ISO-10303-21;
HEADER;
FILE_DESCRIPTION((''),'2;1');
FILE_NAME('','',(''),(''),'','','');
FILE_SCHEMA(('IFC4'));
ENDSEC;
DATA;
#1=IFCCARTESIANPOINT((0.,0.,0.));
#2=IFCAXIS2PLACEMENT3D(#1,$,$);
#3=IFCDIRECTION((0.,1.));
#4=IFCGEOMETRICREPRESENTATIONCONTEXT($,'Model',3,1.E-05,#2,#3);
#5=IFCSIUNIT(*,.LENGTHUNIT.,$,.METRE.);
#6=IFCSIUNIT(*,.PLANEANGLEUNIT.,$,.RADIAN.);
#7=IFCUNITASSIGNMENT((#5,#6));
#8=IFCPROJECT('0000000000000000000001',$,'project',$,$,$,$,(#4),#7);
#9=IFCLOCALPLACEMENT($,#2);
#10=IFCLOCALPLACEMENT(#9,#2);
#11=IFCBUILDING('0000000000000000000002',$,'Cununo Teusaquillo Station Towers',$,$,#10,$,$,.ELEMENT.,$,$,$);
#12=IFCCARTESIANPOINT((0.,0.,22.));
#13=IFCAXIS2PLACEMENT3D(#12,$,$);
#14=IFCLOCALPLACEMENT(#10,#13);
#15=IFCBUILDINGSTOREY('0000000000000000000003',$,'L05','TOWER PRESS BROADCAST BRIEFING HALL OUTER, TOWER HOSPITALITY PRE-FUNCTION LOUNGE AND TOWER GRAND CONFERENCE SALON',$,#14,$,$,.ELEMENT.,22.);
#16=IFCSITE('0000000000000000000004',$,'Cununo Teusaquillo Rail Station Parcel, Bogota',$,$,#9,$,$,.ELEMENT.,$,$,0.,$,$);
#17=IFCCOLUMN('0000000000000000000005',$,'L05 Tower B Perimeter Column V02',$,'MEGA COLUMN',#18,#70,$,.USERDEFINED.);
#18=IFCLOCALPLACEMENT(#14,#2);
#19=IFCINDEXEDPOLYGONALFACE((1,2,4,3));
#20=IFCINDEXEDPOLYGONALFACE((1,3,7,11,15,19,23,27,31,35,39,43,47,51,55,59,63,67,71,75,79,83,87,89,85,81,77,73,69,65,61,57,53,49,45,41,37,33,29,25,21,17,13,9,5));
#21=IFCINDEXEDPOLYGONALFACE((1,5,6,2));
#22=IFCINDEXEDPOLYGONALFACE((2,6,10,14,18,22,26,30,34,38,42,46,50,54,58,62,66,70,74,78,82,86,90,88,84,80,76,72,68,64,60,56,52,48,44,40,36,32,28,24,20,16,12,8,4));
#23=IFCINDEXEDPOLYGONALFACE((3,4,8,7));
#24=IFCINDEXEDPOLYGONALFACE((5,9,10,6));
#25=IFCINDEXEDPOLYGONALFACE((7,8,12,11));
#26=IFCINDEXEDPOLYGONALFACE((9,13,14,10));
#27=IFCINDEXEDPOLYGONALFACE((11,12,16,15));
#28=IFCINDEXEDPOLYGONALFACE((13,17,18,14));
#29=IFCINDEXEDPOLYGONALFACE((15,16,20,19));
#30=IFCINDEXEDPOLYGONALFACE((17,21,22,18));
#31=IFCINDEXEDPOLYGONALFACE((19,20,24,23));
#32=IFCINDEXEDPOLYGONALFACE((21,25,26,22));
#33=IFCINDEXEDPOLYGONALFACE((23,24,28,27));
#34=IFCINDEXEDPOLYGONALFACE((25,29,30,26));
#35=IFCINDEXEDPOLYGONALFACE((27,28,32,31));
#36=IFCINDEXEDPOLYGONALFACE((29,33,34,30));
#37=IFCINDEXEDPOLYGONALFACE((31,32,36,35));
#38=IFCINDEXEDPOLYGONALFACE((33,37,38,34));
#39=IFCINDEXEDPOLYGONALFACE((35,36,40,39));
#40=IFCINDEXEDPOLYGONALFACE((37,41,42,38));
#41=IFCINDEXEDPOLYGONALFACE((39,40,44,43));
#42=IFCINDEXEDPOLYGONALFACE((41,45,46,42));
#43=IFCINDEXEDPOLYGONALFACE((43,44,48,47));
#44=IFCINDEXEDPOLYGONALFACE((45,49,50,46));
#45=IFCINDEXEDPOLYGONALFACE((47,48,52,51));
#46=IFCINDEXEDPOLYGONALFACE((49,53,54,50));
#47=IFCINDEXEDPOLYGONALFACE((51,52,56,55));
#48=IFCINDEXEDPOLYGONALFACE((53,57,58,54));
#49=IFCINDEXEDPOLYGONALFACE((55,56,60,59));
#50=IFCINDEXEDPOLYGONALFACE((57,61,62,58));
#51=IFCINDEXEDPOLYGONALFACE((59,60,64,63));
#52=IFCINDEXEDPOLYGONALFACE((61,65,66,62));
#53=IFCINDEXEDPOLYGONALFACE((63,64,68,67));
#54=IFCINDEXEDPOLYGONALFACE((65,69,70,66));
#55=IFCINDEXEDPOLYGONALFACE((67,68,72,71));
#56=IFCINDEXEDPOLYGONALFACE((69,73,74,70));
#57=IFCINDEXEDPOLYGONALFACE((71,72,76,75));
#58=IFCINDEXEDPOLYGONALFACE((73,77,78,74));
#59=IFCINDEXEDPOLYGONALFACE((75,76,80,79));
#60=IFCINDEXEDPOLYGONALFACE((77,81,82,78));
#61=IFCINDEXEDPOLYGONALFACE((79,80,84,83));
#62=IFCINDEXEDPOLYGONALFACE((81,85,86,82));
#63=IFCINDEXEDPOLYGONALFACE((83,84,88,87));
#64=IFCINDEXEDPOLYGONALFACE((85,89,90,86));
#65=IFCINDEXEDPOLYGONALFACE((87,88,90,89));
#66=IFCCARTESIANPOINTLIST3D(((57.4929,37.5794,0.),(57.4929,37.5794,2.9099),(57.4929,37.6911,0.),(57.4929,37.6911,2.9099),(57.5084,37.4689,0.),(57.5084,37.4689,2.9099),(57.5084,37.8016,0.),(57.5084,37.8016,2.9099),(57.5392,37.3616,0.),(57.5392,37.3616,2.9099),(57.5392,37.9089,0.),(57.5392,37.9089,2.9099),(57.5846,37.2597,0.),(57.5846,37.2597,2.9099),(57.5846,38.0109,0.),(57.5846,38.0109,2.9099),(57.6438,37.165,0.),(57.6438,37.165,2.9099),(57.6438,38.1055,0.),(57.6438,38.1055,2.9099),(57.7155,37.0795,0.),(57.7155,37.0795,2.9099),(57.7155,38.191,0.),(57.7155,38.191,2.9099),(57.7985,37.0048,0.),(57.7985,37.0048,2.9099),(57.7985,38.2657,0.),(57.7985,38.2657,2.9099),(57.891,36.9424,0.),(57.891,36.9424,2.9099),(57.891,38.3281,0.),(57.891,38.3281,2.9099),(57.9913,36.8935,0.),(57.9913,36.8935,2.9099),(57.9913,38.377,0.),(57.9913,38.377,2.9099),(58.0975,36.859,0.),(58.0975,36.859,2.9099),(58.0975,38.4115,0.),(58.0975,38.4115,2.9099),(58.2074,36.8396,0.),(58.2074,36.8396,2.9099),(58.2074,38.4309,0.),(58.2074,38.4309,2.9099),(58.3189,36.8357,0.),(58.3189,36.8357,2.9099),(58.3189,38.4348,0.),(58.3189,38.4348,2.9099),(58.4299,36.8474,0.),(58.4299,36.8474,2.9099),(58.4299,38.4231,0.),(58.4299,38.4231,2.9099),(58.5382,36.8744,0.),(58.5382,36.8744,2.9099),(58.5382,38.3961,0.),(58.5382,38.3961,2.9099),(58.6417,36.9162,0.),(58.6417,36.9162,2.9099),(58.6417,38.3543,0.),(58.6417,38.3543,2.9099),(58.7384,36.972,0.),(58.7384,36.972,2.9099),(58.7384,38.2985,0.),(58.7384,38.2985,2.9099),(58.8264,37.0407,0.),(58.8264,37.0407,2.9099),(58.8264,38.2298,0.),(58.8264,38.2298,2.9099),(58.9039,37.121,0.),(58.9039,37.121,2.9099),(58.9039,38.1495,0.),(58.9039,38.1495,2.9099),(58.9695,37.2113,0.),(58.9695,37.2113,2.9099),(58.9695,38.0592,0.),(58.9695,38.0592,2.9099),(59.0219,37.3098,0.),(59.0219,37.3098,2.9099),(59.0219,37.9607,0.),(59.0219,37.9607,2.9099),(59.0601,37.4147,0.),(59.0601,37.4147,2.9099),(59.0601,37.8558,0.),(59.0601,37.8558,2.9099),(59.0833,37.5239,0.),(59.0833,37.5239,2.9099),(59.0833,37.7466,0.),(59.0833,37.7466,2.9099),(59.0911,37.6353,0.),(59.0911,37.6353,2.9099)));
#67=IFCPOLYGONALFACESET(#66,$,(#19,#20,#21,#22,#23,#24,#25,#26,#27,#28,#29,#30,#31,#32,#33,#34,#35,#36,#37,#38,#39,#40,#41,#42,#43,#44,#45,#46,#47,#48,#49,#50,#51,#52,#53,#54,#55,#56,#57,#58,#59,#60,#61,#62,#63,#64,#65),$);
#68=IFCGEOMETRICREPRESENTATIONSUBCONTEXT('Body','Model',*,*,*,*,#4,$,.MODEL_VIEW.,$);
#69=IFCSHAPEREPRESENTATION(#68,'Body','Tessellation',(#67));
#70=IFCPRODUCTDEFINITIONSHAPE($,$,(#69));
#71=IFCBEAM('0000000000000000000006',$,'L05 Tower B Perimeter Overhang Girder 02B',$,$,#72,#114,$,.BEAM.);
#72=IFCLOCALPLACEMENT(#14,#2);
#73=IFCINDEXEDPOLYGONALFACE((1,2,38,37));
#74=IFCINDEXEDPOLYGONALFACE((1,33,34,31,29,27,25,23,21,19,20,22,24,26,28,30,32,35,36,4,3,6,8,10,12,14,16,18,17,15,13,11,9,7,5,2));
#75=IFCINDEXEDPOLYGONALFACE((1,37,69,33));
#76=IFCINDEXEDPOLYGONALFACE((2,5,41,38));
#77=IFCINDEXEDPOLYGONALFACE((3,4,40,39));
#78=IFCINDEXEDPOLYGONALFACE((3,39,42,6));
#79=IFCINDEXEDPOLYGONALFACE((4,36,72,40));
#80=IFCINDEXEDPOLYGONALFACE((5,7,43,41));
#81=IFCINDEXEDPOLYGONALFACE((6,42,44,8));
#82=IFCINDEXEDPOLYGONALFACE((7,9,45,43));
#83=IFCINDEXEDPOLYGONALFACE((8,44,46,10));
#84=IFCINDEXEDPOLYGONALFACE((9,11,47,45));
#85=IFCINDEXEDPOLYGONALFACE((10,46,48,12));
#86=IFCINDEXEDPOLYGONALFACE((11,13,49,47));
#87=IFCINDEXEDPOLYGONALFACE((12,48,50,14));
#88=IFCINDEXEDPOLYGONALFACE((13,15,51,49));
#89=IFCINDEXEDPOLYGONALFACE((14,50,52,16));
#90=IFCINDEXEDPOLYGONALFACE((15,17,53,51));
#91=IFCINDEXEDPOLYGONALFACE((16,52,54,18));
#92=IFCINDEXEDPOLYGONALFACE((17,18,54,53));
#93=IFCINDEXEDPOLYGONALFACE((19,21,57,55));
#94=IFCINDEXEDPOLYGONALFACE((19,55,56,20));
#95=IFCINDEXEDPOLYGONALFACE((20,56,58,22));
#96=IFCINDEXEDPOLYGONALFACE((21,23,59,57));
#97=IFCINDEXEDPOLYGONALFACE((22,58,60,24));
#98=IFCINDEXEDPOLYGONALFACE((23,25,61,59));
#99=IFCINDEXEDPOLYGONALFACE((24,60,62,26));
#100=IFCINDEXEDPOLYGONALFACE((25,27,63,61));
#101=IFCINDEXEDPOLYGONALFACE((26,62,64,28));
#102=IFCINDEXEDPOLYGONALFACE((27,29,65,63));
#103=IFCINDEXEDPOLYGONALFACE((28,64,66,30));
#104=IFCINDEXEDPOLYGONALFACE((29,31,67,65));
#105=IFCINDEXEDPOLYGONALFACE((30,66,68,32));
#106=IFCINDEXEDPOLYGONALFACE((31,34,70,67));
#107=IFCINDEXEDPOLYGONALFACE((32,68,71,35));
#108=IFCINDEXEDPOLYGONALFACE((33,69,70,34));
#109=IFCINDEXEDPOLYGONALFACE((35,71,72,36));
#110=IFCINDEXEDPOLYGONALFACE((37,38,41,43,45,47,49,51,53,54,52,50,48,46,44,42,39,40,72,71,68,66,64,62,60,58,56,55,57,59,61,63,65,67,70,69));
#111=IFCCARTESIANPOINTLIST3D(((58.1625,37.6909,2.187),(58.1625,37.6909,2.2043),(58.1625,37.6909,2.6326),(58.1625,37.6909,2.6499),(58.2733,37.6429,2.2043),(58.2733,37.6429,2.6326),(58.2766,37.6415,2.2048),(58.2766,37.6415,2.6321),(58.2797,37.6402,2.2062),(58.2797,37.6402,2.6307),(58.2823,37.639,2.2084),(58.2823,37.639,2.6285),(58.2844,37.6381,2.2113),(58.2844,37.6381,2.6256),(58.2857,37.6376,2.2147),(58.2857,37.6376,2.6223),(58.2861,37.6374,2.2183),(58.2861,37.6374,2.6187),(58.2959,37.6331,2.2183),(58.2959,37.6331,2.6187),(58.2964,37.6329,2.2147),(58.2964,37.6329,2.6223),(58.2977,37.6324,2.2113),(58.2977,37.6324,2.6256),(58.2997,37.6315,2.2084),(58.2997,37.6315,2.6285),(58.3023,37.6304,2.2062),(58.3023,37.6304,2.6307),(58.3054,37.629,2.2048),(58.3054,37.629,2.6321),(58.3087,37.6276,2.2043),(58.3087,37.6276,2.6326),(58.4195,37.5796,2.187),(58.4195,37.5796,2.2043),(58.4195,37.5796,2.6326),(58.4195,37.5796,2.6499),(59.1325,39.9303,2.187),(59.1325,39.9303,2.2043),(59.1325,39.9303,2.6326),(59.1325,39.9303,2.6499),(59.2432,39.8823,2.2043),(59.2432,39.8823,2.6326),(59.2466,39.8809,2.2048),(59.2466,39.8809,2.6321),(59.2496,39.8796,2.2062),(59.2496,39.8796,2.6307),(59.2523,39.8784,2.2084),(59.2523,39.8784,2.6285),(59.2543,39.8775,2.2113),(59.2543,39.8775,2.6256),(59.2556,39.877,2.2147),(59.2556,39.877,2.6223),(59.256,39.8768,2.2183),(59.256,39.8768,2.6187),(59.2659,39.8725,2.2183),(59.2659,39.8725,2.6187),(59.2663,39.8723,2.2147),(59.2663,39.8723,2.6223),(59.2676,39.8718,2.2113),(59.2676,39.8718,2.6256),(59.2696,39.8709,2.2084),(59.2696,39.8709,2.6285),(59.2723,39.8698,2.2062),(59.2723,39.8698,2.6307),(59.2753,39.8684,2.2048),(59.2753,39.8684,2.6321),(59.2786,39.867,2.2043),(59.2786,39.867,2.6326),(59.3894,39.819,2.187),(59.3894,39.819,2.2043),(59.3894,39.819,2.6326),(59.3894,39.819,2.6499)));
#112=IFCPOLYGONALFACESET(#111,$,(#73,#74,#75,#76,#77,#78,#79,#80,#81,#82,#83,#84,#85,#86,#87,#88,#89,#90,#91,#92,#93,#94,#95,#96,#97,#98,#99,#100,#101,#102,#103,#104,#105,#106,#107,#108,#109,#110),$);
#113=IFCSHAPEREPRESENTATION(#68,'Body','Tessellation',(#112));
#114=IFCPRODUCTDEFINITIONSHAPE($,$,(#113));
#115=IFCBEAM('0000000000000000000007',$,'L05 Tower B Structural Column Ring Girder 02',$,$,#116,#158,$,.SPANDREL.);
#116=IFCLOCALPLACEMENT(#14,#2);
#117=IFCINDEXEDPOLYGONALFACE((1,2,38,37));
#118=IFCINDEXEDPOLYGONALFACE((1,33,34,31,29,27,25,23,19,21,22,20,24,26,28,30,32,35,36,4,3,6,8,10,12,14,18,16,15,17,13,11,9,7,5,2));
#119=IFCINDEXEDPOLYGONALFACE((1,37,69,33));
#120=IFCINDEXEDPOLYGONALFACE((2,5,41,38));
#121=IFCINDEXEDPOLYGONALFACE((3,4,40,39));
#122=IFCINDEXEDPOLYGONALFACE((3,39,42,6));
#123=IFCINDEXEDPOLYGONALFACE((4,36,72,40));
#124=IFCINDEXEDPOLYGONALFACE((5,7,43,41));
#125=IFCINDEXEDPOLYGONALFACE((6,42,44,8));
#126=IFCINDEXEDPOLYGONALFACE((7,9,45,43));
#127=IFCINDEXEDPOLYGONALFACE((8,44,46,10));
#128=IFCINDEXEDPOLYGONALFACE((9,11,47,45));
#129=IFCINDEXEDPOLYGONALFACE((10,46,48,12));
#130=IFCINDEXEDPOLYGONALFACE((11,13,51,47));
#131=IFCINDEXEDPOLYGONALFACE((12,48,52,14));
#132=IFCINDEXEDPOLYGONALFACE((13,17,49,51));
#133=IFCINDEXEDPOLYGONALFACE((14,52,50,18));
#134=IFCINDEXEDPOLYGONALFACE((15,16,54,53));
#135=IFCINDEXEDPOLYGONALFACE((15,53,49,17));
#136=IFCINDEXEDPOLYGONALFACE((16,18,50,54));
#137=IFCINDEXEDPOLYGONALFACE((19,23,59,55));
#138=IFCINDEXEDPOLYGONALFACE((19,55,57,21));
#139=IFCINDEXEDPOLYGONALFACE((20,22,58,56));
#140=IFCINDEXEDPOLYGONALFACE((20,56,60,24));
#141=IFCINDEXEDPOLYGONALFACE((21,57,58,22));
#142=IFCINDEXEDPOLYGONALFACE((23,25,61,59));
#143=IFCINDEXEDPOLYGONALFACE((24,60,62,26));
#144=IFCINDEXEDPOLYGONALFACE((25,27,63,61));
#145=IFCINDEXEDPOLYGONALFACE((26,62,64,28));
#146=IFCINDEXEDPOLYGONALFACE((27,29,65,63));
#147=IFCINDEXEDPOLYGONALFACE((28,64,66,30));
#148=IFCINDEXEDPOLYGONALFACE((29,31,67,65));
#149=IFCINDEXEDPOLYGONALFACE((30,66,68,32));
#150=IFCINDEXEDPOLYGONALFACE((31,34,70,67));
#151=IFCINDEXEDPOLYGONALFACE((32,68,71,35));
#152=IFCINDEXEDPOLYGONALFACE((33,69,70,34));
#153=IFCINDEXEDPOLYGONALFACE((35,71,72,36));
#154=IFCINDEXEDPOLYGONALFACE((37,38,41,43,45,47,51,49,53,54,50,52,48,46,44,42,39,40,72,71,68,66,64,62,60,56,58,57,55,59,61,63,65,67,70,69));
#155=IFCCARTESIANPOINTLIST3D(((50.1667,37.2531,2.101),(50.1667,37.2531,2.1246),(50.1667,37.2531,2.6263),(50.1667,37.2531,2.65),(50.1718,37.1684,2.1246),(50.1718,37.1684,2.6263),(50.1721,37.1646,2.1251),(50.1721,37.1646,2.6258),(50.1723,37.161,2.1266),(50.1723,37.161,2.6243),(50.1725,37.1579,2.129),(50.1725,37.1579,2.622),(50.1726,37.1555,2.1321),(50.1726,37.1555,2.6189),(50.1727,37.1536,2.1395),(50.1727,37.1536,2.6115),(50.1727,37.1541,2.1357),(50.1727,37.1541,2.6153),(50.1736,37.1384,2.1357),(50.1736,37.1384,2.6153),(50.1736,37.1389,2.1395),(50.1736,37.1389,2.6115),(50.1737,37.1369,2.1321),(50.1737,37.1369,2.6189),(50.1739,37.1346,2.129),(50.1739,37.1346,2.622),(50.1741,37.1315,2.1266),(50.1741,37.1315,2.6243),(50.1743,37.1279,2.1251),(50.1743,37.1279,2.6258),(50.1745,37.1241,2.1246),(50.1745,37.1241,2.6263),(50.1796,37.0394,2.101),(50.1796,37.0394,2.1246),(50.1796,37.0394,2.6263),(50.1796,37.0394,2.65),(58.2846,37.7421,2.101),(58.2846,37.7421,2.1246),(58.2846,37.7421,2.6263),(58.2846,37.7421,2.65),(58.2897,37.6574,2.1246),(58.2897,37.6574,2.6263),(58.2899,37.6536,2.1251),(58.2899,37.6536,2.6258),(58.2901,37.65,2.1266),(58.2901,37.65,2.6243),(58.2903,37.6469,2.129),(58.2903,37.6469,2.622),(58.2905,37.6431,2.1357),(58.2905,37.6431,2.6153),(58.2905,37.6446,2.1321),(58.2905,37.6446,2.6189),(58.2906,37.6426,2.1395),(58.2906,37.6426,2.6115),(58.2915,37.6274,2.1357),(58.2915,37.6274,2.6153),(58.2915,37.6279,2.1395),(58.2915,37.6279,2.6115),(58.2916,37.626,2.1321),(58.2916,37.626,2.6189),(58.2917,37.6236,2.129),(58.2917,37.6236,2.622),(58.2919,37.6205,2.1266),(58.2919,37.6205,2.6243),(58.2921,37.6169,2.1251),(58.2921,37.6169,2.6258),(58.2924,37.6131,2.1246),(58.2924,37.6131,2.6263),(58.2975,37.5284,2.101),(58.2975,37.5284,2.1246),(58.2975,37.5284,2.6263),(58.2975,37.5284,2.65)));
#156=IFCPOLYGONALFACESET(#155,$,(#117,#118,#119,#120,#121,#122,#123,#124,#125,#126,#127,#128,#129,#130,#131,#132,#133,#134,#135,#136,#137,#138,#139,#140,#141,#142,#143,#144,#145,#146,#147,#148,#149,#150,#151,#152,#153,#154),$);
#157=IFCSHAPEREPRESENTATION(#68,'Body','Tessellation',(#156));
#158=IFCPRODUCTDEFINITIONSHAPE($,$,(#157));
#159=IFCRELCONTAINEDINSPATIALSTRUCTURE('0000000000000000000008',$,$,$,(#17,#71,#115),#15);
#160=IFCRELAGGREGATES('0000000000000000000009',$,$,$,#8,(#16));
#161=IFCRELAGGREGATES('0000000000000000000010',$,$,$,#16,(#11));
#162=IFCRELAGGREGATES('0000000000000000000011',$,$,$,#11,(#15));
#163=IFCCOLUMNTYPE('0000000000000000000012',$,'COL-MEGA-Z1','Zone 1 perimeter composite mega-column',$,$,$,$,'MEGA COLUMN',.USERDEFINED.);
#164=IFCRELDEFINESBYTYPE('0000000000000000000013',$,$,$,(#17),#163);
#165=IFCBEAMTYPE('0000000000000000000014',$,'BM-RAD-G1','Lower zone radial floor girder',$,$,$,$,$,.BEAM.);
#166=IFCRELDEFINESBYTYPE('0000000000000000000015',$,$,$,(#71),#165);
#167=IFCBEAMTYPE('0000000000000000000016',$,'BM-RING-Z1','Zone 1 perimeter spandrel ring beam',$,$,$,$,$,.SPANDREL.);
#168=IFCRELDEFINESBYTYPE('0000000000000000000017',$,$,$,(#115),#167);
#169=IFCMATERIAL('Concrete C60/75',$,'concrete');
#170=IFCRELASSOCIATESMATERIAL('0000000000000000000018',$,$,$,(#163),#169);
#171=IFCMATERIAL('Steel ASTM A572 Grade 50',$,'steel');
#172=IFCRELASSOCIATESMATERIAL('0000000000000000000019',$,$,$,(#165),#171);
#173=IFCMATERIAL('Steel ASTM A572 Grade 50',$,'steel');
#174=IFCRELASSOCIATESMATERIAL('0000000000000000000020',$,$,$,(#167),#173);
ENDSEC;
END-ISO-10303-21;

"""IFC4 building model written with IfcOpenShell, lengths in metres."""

from ifc_helpers import new_model, si_unit, direction, frame, origin, origin_2d, place, context, subcontext, project, spatial, circle, i_section, extrude, material, material_profile, profile_set, type_object, element, save


model = new_model("IFC4")

# Units and contexts
model_context = context("Model", 3, precision=1e-05, world=origin(), true_north=direction((0.0, 1.0)))
body_context = subcontext(model_context, "Body", "Model", "MODEL_VIEW")
ifc_project = project(units=[si_unit("LENGTHUNIT", "METRE"), si_unit("PLANEANGLEUNIT", "RADIAN")], contexts=[model_context])

# Site, building, storey
site_placement = place(None, origin())
site = spatial("IfcSite", under=ifc_project, at=site_placement, Name="Cununo Teusaquillo Rail Station Parcel, Bogota", CompositionType="ELEMENT", RefElevation=0.0)
building_placement = place(site_placement, origin())
building = spatial("IfcBuilding", under=site, at=building_placement, Name="Cununo Teusaquillo Station Towers", CompositionType="ELEMENT")
storey_placement = place(building_placement, frame((0.0, 0.0, 22.0)))
storey = spatial("IfcBuildingStorey", under=building, at=storey_placement, Name="L05", Description="TOWER PRESS BROADCAST BRIEFING HALL OUTER, TOWER HOSPITALITY PRE-FUNCTION LOUNGE AND TOWER GRAND CONFERENCE SALON", CompositionType="ELEMENT", Elevation=22.0)

# Column
ifc_material_1 = material(Name="Concrete C60/75", Category="concrete")
ifc_material_profile_1 = material_profile(ifc_material_1, circle(Radius=0.8, at=origin_2d()), Name="RC-CIRC-1600")
ifc_profile_set_1 = profile_set([ifc_material_profile_1], Name="Concrete C60/75")
column_type = type_object("IfcColumnType", Name="COL-MEGA-Z1", Description="Zone 1 perimeter composite mega-column", ElementType="MEGA COLUMN", PredefinedType="USERDEFINED", material=ifc_profile_set_1)
column_placement = place(storey_placement, frame((58.291, 37.6353, 0.0), z_axis=(0.0, 0.0, 1.0), x_axis=(1.0, 0.0, 0.0)))
element("IfcColumn", 1, at=column_placement, inside=storey, type_object=column_type, Name="L05 Tower B Perimeter Column V02", ObjectType="MEGA COLUMN", PredefinedType="USERDEFINED", context=body_context, shape_type="SweptSolid", body=[
    extrude(circle(Radius=0.8, at=origin_2d()), origin(), (0.0, 0.0, 1.0), 2.9099),
])

# Beams
ifc_material_2 = material(Name="Steel ASTM A572 Grade 50", Category="steel")
ifc_material_profile_2 = material_profile(ifc_material_2, i_section(OverallWidth=0.28, OverallDepth=0.4629, WebThickness=0.0107, FlangeThickness=0.0173, FilletRadius=0.0139, at=origin_2d()), Name="W18X76")
ifc_profile_set_2 = profile_set([ifc_material_profile_2], Name="Steel ASTM A572 Grade 50")
beam_type_1 = type_object("IfcBeamType", Name="BM-RAD-G1", Description="Lower zone radial floor girder", PredefinedType="BEAM", material=ifc_profile_set_2)
beam_1_placement = place(storey_placement, frame((58.291, 37.6353, 2.4185), z_axis=(0.397442, 0.917627, 0.0), x_axis=(-0.917627, 0.397442, 0.0)))
element("IfcBeam", 2, at=beam_1_placement, inside=storey, type_object=beam_type_1, Name="L05 Tower B Perimeter Overhang Girder 02B", PredefinedType="BEAM", context=body_context, shape_type="SweptSolid", body=[
    extrude(i_section(OverallWidth=0.28, OverallDepth=0.4629, WebThickness=0.0107, FlangeThickness=0.0173, FilletRadius=0.0139, at=origin_2d()), origin(), (0.0, 0.0, 1.0), 2.4404),
])
ifc_material_3 = material(Name="Steel ASTM A572 Grade 50", Category="steel")
ifc_material_profile_3 = material_profile(ifc_material_3, i_section(OverallWidth=0.2141, OverallDepth=0.5491, WebThickness=0.0146, FlangeThickness=0.0237, FilletRadius=0.0149, at=origin_2d()), Name="W21X93")
ifc_profile_set_3 = profile_set([ifc_material_profile_3], Name="Steel ASTM A572 Grade 50")
beam_type_2 = type_object("IfcBeamType", Name="BM-RING-Z1", Description="Zone 1 perimeter spandrel ring beam", PredefinedType="SPANDREL", material=ifc_profile_set_3)
beam_2_placement = place(storey_placement, frame((58.291, 37.6353, 2.3755), z_axis=(-0.998191, -0.06013, 0.0), x_axis=(0.06013, -0.998191, 0.0)))
element("IfcBeam", 3, at=beam_2_placement, inside=storey, type_object=beam_type_2, Name="L05 Tower B Structural Column Ring Girder 02", PredefinedType="SPANDREL", context=body_context, shape_type="SweptSolid", body=[
    extrude(i_section(OverallWidth=0.2141, OverallDepth=0.5491, WebThickness=0.0146, FlangeThickness=0.0237, FilletRadius=0.0149, at=origin_2d()), origin(), (0.0, 0.0, 1.0), 8.1326),
])

save(model, "model.ifc")
